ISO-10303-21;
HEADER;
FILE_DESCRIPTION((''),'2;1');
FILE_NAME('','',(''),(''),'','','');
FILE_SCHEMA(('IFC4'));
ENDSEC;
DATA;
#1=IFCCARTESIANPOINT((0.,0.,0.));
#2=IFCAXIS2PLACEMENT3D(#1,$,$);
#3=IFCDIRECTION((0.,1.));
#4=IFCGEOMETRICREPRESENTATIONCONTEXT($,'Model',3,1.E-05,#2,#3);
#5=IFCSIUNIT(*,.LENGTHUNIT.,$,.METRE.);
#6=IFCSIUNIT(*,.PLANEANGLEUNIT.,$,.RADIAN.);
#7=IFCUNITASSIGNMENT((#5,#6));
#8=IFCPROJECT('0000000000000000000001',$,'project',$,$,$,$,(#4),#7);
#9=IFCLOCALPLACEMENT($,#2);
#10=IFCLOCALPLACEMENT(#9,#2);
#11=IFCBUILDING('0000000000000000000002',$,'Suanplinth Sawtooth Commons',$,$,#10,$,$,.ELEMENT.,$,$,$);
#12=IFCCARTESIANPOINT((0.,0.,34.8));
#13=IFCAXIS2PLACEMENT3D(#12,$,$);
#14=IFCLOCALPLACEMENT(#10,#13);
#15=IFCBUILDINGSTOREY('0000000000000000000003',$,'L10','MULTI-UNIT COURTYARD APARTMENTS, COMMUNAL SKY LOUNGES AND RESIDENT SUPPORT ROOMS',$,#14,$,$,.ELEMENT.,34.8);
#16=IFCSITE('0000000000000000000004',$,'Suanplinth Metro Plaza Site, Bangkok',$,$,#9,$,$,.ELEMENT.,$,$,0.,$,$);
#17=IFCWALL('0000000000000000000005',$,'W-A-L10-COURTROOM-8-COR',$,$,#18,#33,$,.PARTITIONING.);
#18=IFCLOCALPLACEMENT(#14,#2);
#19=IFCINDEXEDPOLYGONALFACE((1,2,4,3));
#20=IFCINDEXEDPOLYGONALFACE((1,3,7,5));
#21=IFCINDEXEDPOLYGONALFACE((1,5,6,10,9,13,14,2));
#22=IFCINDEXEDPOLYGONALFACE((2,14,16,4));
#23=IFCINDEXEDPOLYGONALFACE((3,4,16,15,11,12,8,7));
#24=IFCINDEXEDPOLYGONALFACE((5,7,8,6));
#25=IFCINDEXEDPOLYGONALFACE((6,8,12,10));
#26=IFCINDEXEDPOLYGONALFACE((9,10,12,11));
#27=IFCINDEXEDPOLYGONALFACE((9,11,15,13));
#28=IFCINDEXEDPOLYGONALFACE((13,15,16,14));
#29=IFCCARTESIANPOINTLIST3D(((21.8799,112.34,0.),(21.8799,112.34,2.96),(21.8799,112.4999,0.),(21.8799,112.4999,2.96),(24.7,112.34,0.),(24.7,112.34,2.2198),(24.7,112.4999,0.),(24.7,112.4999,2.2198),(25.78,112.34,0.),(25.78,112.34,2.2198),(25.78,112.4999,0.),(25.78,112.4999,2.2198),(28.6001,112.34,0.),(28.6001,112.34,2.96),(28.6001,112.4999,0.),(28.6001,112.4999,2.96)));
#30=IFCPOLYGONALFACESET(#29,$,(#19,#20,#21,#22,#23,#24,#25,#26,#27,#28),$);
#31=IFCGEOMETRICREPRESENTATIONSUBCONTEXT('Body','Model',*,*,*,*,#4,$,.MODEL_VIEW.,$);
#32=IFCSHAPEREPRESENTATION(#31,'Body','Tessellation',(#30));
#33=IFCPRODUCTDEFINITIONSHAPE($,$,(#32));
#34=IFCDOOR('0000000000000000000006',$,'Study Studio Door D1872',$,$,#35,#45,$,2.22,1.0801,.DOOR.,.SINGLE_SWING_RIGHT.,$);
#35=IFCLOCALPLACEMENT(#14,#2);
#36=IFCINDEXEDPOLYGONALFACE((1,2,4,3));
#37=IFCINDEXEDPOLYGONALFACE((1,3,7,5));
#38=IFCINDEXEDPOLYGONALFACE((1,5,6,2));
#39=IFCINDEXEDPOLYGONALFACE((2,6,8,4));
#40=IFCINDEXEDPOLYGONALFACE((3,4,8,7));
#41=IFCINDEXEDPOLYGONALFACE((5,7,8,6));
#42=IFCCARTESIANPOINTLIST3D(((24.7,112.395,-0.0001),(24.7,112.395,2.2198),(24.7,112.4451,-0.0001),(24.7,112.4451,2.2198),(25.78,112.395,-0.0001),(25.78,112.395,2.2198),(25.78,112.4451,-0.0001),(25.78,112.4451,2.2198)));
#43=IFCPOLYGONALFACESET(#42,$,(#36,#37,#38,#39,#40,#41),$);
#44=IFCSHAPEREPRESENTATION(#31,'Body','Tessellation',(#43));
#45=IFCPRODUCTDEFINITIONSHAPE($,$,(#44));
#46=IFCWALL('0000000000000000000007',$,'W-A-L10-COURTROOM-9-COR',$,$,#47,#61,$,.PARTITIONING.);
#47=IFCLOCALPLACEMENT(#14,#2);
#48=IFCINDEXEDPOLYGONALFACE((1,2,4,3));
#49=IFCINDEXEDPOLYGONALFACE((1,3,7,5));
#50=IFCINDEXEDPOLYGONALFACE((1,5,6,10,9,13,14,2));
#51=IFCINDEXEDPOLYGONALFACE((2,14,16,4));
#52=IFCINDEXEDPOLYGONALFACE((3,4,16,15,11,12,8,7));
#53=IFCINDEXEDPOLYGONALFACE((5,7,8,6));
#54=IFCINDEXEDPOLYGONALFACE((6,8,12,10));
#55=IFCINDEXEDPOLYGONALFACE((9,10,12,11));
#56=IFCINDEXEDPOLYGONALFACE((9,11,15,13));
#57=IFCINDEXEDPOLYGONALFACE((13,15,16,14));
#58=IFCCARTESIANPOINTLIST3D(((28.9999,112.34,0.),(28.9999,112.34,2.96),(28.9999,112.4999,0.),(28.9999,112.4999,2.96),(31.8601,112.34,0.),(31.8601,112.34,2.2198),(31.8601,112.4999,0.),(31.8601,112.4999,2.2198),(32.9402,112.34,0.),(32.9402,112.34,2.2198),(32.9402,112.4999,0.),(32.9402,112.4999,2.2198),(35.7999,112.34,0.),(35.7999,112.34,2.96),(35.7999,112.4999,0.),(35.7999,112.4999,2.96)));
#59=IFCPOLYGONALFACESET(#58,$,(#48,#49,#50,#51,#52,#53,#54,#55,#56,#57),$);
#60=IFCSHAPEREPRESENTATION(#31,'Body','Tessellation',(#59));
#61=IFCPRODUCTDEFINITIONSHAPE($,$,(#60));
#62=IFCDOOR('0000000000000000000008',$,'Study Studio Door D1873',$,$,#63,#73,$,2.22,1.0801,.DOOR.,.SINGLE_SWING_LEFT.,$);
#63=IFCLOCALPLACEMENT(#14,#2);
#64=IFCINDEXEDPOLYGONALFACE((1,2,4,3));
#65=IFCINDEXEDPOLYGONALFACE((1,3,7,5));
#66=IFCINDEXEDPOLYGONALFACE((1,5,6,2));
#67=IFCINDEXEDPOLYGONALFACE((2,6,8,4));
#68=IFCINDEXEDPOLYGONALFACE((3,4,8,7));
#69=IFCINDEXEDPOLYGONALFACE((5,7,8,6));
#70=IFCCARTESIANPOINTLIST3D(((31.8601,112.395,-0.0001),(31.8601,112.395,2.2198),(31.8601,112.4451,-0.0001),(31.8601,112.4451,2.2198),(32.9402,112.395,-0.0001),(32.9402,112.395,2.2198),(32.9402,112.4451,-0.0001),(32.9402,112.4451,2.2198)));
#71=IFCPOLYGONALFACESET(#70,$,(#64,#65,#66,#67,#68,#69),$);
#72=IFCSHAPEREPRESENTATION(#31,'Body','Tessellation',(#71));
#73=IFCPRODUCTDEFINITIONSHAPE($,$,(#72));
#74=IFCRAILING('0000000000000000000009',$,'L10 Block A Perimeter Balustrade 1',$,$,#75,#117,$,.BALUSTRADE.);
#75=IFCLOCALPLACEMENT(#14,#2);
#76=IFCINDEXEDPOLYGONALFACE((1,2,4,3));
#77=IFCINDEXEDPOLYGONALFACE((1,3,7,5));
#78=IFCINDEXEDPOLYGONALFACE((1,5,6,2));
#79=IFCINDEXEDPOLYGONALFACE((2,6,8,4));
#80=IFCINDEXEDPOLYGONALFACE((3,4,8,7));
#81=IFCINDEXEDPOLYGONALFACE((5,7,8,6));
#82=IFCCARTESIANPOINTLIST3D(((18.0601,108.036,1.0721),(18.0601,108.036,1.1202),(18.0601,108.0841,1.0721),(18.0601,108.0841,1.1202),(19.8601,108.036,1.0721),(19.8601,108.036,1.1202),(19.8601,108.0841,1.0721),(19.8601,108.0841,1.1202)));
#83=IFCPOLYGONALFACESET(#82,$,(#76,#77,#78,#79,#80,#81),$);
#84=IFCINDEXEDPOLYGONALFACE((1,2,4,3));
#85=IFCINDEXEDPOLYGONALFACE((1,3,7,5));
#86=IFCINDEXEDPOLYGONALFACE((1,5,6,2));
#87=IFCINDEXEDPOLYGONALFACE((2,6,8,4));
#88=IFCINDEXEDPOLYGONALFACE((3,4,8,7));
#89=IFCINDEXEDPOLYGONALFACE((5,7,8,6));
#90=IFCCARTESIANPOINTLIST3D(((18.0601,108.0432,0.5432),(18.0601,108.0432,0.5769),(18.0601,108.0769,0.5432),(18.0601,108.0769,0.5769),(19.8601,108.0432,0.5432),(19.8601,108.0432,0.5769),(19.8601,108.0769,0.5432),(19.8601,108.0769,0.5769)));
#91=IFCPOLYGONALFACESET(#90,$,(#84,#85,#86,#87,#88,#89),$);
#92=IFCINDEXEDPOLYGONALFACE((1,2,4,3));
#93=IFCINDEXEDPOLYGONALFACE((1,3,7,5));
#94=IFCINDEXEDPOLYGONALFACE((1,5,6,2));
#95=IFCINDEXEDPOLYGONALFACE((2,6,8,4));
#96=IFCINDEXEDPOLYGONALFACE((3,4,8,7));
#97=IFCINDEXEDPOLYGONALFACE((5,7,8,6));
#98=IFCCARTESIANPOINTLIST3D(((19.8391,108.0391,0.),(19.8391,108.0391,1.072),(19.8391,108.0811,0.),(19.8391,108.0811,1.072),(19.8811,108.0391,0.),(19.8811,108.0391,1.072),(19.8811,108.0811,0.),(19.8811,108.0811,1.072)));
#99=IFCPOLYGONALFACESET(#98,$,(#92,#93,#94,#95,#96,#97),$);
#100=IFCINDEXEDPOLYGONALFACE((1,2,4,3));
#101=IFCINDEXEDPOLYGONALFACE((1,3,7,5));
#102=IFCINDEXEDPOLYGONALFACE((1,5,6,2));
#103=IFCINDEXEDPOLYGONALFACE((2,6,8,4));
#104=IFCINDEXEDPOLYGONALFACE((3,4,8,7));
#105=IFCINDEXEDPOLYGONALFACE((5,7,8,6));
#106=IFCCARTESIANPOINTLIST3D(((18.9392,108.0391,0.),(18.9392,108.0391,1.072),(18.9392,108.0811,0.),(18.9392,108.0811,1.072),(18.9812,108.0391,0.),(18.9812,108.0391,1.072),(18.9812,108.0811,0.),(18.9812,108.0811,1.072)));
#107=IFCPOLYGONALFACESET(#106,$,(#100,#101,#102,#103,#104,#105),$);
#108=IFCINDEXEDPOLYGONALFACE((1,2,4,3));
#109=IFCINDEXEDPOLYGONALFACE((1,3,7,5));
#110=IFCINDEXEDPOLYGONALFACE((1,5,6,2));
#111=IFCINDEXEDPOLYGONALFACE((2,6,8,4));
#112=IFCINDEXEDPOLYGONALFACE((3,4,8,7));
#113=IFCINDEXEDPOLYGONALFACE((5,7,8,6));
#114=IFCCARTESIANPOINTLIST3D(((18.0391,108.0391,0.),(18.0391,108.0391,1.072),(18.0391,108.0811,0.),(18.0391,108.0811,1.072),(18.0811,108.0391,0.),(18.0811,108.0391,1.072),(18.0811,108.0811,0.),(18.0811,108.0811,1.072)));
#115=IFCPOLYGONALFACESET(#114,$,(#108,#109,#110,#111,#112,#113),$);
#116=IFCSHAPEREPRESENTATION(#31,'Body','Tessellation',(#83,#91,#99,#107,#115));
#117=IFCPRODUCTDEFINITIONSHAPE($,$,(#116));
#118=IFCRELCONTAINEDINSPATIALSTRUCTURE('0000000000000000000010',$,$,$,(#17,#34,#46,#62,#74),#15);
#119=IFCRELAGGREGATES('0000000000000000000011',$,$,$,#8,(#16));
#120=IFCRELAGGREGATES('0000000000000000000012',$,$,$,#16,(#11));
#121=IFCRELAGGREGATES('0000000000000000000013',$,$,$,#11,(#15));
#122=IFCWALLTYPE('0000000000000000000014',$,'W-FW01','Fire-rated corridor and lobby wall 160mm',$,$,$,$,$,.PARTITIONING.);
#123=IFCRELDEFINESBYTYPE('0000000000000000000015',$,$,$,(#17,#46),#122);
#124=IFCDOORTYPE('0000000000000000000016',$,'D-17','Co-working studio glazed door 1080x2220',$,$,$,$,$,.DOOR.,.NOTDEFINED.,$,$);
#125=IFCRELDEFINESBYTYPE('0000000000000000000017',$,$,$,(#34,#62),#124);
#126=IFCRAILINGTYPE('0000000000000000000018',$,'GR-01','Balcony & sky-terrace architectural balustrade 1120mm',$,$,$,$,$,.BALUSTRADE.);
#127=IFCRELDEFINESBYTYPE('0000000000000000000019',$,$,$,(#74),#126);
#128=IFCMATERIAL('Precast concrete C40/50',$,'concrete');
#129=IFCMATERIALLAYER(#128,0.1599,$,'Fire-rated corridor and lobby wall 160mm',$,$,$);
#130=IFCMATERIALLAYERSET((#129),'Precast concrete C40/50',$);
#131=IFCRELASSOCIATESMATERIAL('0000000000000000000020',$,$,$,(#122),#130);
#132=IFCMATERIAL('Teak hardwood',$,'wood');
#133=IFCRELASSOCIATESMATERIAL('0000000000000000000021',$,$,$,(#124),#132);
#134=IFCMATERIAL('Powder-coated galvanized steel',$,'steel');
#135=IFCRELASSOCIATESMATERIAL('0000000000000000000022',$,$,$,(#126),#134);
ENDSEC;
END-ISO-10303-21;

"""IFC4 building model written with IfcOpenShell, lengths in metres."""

from ifc_helpers import new_model, si_unit, direction, frame, frame_2d, origin, origin_2d, place, context, subcontext, project, spatial, rectangle, extrude, material, layer, layer_set, type_object, element, fill, save


model = new_model("IFC4")

# Units and contexts
model_context = context("Model", 3, precision=1e-05, world=origin(), true_north=direction((0.0, 1.0)))
body_context = subcontext(model_context, "Body", "Model", "MODEL_VIEW")
ifc_project = project(units=[si_unit("LENGTHUNIT", "METRE"), si_unit("PLANEANGLEUNIT", "RADIAN")], contexts=[model_context])

# Site, building, storey
site_placement = place(None, origin())
site = spatial("IfcSite", under=ifc_project, at=site_placement, Name="Suanplinth Metro Plaza Site, Bangkok", CompositionType="ELEMENT", RefElevation=0.0)
building_placement = place(site_placement, origin())
building = spatial("IfcBuilding", under=site, at=building_placement, Name="Suanplinth Sawtooth Commons", CompositionType="ELEMENT")
storey_placement = place(building_placement, frame((0.0, 0.0, 34.8)))
storey = spatial("IfcBuildingStorey", under=building, at=storey_placement, Name="L10", Description="MULTI-UNIT COURTYARD APARTMENTS, COMMUNAL SKY LOUNGES AND RESIDENT SUPPORT ROOMS", CompositionType="ELEMENT", Elevation=34.8)

# Shared definitions
ifc_material_1 = material(Name="Precast concrete C40/50", Category="concrete")

# Walls, openings, doors
ifc_layer_1 = layer(ifc_material_1, 0.1599, Name="Fire-rated corridor and lobby wall 160mm")
ifc_layer_set_1 = layer_set([ifc_layer_1], Name="Precast concrete C40/50")
wall_type_1 = type_object("IfcWallType", Name="W-FW01", Description="Fire-rated corridor and lobby wall 160mm", PredefinedType="PARTITIONING", material=ifc_layer_set_1)
wall_1_placement = place(storey_placement, frame((21.8799, 112.4199, 0.0), z_axis=(0.0, 0.0, 1.0), x_axis=(1.0, 0.0, 0.0)))
wall_1 = element("IfcWall", 1, at=wall_1_placement, inside=storey, type_object=wall_type_1, Name="W-A-L10-COURTROOM-8-COR", PredefinedType="PARTITIONING", context=body_context, shape_type="SweptSolid", body=[
    extrude(rectangle(XDim=6.7202, YDim=0.1599, at=frame_2d((3.3601, 0.0))), origin(), (0.0, 0.0, 1.0), 2.96),
])
opening_1_placement = place(wall_1_placement, frame((2.8201, 0.0, 0.0)))
opening_1 = element("IfcOpeningElement", 2, at=opening_1_placement, cuts=wall_1, PredefinedType="OPENING", context=body_context, shape_type="SweptSolid", body=[
    extrude(rectangle(XDim=1.0801, YDim=2.22, at=frame_2d((0.54, 1.1099))), frame((0.0, 0.0947, 0.0), z_axis=(0.0, -1.0, 0.0), x_axis=(1.0, 0.0, 0.0)), (0.0, 0.0, 1.0), 0.1897),
])
ifc_material_2 = material(Name="Teak hardwood", Category="wood")
door_type_1 = type_object("IfcDoorType", Name="D-17", Description="Co-working studio glazed door 1080x2220", OperationType="NOTDEFINED", PredefinedType="DOOR", material=ifc_material_2)
door_1_placement = place(opening_1_placement, frame((1.0801, 0.0, 0.0), z_axis=(0.0, 0.0, 1.0), x_axis=(-1.0, 0.0, 0.0)))
door_1 = element("IfcDoor", 3, at=door_1_placement, inside=storey, type_object=door_type_1, Name="Study Studio Door D1872", OperationType="SINGLE_SWING_RIGHT", OverallHeight=2.22, OverallWidth=1.0801, PredefinedType="DOOR", context=body_context, shape_type="SweptSolid", body=[
    extrude(rectangle(XDim=1.0801, YDim=2.22, at=frame_2d((0.54, 1.1099))), frame((0.0, 0.0249, 0.0), z_axis=(0.0, -1.0, 0.0), x_axis=(1.0, 0.0, 0.0)), (0.0, 0.0, 1.0), 0.05),
])
fill(opening_1, door_1)
wall_2_placement = place(storey_placement, frame((29.0, 112.4199, 0.0), z_axis=(0.0, 0.0, 1.0), x_axis=(1.0, 0.0, 0.0)))
wall_2 = element("IfcWall", 4, at=wall_2_placement, inside=storey, type_object=wall_type_1, Name="W-A-L10-COURTROOM-9-COR", PredefinedType="PARTITIONING", context=body_context, shape_type="SweptSolid", body=[
    extrude(rectangle(XDim=6.8, YDim=0.1599, at=frame_2d((3.3999, 0.0))), origin(), (0.0, 0.0, 1.0), 2.96),
])
opening_2_placement = place(wall_2_placement, frame((2.8601, 0.0, 0.0)))
opening_2 = element("IfcOpeningElement", 5, at=opening_2_placement, cuts=wall_2, PredefinedType="OPENING", context=body_context, shape_type="SweptSolid", body=[
    extrude(rectangle(XDim=1.0801, YDim=2.22, at=frame_2d((0.54, 1.1099))), frame((0.0, 0.0947, 0.0), z_axis=(0.0, -1.0, 0.0), x_axis=(1.0, 0.0, 0.0)), (0.0, 0.0, 1.0), 0.1897),
])
door_2_placement = place(opening_2_placement, frame((1.0801, 0.0, 0.0), z_axis=(0.0, 0.0, 1.0), x_axis=(-1.0, 0.0, 0.0)))
door_2 = element("IfcDoor", 6, at=door_2_placement, inside=storey, type_object=door_type_1, Name="Study Studio Door D1873", OperationType="SINGLE_SWING_LEFT", OverallHeight=2.22, OverallWidth=1.0801, PredefinedType="DOOR", context=body_context, shape_type="SweptSolid", body=[
    extrude(rectangle(XDim=1.0801, YDim=2.22, at=frame_2d((0.54, 1.1099))), frame((0.0, 0.0249, 0.0), z_axis=(0.0, -1.0, 0.0), x_axis=(1.0, 0.0, 0.0)), (0.0, 0.0, 1.0), 0.05),
])
fill(opening_2, door_2)

# Railing
ifc_material_3 = material(Name="Powder-coated galvanized steel", Category="steel")
railing_type = type_object("IfcRailingType", Name="GR-01", Description="Balcony & sky-terrace architectural balustrade 1120mm", PredefinedType="BALUSTRADE", material=ifc_material_3)
railing_1_placement = place(storey_placement, frame((19.8601, 108.0601, 0.0)))
element("IfcRailing", 7, at=railing_1_placement, inside=storey, type_object=railing_type, Name="L10 Block A Perimeter Balustrade 1", PredefinedType="BALUSTRADE", context=body_context, shape_type="SweptSolid", body=[
    extrude(rectangle(XDim=0.0481, YDim=0.0481, at=origin_2d()), frame((0.0, 0.0, 1.0962), z_axis=(-1.0, 0.0, 0.0), x_axis=(0.0, -1.0, 0.0)), (0.0, 0.0, 1.0), 1.8),
    extrude(rectangle(XDim=0.0337, YDim=0.0337, at=origin_2d()), frame((0.0, 0.0, 0.5601), z_axis=(-1.0, 0.0, 0.0), x_axis=(0.0, -1.0, 0.0)), (0.0, 0.0, 1.0), 1.8),
    extrude(rectangle(XDim=0.042, YDim=0.042, at=origin_2d()), origin(), (0.0, 0.0, 1.0), 1.072),
    extrude(rectangle(XDim=0.042, YDim=0.042, at=origin_2d()), frame((-0.8999, 0.0, 0.0)), (0.0, 0.0, 1.0), 1.072),
    extrude(rectangle(XDim=0.042, YDim=0.042, at=origin_2d()), frame((-1.8, 0.0, 0.0)), (0.0, 0.0, 1.0), 1.072),
])

save(model, "model.ifc")
